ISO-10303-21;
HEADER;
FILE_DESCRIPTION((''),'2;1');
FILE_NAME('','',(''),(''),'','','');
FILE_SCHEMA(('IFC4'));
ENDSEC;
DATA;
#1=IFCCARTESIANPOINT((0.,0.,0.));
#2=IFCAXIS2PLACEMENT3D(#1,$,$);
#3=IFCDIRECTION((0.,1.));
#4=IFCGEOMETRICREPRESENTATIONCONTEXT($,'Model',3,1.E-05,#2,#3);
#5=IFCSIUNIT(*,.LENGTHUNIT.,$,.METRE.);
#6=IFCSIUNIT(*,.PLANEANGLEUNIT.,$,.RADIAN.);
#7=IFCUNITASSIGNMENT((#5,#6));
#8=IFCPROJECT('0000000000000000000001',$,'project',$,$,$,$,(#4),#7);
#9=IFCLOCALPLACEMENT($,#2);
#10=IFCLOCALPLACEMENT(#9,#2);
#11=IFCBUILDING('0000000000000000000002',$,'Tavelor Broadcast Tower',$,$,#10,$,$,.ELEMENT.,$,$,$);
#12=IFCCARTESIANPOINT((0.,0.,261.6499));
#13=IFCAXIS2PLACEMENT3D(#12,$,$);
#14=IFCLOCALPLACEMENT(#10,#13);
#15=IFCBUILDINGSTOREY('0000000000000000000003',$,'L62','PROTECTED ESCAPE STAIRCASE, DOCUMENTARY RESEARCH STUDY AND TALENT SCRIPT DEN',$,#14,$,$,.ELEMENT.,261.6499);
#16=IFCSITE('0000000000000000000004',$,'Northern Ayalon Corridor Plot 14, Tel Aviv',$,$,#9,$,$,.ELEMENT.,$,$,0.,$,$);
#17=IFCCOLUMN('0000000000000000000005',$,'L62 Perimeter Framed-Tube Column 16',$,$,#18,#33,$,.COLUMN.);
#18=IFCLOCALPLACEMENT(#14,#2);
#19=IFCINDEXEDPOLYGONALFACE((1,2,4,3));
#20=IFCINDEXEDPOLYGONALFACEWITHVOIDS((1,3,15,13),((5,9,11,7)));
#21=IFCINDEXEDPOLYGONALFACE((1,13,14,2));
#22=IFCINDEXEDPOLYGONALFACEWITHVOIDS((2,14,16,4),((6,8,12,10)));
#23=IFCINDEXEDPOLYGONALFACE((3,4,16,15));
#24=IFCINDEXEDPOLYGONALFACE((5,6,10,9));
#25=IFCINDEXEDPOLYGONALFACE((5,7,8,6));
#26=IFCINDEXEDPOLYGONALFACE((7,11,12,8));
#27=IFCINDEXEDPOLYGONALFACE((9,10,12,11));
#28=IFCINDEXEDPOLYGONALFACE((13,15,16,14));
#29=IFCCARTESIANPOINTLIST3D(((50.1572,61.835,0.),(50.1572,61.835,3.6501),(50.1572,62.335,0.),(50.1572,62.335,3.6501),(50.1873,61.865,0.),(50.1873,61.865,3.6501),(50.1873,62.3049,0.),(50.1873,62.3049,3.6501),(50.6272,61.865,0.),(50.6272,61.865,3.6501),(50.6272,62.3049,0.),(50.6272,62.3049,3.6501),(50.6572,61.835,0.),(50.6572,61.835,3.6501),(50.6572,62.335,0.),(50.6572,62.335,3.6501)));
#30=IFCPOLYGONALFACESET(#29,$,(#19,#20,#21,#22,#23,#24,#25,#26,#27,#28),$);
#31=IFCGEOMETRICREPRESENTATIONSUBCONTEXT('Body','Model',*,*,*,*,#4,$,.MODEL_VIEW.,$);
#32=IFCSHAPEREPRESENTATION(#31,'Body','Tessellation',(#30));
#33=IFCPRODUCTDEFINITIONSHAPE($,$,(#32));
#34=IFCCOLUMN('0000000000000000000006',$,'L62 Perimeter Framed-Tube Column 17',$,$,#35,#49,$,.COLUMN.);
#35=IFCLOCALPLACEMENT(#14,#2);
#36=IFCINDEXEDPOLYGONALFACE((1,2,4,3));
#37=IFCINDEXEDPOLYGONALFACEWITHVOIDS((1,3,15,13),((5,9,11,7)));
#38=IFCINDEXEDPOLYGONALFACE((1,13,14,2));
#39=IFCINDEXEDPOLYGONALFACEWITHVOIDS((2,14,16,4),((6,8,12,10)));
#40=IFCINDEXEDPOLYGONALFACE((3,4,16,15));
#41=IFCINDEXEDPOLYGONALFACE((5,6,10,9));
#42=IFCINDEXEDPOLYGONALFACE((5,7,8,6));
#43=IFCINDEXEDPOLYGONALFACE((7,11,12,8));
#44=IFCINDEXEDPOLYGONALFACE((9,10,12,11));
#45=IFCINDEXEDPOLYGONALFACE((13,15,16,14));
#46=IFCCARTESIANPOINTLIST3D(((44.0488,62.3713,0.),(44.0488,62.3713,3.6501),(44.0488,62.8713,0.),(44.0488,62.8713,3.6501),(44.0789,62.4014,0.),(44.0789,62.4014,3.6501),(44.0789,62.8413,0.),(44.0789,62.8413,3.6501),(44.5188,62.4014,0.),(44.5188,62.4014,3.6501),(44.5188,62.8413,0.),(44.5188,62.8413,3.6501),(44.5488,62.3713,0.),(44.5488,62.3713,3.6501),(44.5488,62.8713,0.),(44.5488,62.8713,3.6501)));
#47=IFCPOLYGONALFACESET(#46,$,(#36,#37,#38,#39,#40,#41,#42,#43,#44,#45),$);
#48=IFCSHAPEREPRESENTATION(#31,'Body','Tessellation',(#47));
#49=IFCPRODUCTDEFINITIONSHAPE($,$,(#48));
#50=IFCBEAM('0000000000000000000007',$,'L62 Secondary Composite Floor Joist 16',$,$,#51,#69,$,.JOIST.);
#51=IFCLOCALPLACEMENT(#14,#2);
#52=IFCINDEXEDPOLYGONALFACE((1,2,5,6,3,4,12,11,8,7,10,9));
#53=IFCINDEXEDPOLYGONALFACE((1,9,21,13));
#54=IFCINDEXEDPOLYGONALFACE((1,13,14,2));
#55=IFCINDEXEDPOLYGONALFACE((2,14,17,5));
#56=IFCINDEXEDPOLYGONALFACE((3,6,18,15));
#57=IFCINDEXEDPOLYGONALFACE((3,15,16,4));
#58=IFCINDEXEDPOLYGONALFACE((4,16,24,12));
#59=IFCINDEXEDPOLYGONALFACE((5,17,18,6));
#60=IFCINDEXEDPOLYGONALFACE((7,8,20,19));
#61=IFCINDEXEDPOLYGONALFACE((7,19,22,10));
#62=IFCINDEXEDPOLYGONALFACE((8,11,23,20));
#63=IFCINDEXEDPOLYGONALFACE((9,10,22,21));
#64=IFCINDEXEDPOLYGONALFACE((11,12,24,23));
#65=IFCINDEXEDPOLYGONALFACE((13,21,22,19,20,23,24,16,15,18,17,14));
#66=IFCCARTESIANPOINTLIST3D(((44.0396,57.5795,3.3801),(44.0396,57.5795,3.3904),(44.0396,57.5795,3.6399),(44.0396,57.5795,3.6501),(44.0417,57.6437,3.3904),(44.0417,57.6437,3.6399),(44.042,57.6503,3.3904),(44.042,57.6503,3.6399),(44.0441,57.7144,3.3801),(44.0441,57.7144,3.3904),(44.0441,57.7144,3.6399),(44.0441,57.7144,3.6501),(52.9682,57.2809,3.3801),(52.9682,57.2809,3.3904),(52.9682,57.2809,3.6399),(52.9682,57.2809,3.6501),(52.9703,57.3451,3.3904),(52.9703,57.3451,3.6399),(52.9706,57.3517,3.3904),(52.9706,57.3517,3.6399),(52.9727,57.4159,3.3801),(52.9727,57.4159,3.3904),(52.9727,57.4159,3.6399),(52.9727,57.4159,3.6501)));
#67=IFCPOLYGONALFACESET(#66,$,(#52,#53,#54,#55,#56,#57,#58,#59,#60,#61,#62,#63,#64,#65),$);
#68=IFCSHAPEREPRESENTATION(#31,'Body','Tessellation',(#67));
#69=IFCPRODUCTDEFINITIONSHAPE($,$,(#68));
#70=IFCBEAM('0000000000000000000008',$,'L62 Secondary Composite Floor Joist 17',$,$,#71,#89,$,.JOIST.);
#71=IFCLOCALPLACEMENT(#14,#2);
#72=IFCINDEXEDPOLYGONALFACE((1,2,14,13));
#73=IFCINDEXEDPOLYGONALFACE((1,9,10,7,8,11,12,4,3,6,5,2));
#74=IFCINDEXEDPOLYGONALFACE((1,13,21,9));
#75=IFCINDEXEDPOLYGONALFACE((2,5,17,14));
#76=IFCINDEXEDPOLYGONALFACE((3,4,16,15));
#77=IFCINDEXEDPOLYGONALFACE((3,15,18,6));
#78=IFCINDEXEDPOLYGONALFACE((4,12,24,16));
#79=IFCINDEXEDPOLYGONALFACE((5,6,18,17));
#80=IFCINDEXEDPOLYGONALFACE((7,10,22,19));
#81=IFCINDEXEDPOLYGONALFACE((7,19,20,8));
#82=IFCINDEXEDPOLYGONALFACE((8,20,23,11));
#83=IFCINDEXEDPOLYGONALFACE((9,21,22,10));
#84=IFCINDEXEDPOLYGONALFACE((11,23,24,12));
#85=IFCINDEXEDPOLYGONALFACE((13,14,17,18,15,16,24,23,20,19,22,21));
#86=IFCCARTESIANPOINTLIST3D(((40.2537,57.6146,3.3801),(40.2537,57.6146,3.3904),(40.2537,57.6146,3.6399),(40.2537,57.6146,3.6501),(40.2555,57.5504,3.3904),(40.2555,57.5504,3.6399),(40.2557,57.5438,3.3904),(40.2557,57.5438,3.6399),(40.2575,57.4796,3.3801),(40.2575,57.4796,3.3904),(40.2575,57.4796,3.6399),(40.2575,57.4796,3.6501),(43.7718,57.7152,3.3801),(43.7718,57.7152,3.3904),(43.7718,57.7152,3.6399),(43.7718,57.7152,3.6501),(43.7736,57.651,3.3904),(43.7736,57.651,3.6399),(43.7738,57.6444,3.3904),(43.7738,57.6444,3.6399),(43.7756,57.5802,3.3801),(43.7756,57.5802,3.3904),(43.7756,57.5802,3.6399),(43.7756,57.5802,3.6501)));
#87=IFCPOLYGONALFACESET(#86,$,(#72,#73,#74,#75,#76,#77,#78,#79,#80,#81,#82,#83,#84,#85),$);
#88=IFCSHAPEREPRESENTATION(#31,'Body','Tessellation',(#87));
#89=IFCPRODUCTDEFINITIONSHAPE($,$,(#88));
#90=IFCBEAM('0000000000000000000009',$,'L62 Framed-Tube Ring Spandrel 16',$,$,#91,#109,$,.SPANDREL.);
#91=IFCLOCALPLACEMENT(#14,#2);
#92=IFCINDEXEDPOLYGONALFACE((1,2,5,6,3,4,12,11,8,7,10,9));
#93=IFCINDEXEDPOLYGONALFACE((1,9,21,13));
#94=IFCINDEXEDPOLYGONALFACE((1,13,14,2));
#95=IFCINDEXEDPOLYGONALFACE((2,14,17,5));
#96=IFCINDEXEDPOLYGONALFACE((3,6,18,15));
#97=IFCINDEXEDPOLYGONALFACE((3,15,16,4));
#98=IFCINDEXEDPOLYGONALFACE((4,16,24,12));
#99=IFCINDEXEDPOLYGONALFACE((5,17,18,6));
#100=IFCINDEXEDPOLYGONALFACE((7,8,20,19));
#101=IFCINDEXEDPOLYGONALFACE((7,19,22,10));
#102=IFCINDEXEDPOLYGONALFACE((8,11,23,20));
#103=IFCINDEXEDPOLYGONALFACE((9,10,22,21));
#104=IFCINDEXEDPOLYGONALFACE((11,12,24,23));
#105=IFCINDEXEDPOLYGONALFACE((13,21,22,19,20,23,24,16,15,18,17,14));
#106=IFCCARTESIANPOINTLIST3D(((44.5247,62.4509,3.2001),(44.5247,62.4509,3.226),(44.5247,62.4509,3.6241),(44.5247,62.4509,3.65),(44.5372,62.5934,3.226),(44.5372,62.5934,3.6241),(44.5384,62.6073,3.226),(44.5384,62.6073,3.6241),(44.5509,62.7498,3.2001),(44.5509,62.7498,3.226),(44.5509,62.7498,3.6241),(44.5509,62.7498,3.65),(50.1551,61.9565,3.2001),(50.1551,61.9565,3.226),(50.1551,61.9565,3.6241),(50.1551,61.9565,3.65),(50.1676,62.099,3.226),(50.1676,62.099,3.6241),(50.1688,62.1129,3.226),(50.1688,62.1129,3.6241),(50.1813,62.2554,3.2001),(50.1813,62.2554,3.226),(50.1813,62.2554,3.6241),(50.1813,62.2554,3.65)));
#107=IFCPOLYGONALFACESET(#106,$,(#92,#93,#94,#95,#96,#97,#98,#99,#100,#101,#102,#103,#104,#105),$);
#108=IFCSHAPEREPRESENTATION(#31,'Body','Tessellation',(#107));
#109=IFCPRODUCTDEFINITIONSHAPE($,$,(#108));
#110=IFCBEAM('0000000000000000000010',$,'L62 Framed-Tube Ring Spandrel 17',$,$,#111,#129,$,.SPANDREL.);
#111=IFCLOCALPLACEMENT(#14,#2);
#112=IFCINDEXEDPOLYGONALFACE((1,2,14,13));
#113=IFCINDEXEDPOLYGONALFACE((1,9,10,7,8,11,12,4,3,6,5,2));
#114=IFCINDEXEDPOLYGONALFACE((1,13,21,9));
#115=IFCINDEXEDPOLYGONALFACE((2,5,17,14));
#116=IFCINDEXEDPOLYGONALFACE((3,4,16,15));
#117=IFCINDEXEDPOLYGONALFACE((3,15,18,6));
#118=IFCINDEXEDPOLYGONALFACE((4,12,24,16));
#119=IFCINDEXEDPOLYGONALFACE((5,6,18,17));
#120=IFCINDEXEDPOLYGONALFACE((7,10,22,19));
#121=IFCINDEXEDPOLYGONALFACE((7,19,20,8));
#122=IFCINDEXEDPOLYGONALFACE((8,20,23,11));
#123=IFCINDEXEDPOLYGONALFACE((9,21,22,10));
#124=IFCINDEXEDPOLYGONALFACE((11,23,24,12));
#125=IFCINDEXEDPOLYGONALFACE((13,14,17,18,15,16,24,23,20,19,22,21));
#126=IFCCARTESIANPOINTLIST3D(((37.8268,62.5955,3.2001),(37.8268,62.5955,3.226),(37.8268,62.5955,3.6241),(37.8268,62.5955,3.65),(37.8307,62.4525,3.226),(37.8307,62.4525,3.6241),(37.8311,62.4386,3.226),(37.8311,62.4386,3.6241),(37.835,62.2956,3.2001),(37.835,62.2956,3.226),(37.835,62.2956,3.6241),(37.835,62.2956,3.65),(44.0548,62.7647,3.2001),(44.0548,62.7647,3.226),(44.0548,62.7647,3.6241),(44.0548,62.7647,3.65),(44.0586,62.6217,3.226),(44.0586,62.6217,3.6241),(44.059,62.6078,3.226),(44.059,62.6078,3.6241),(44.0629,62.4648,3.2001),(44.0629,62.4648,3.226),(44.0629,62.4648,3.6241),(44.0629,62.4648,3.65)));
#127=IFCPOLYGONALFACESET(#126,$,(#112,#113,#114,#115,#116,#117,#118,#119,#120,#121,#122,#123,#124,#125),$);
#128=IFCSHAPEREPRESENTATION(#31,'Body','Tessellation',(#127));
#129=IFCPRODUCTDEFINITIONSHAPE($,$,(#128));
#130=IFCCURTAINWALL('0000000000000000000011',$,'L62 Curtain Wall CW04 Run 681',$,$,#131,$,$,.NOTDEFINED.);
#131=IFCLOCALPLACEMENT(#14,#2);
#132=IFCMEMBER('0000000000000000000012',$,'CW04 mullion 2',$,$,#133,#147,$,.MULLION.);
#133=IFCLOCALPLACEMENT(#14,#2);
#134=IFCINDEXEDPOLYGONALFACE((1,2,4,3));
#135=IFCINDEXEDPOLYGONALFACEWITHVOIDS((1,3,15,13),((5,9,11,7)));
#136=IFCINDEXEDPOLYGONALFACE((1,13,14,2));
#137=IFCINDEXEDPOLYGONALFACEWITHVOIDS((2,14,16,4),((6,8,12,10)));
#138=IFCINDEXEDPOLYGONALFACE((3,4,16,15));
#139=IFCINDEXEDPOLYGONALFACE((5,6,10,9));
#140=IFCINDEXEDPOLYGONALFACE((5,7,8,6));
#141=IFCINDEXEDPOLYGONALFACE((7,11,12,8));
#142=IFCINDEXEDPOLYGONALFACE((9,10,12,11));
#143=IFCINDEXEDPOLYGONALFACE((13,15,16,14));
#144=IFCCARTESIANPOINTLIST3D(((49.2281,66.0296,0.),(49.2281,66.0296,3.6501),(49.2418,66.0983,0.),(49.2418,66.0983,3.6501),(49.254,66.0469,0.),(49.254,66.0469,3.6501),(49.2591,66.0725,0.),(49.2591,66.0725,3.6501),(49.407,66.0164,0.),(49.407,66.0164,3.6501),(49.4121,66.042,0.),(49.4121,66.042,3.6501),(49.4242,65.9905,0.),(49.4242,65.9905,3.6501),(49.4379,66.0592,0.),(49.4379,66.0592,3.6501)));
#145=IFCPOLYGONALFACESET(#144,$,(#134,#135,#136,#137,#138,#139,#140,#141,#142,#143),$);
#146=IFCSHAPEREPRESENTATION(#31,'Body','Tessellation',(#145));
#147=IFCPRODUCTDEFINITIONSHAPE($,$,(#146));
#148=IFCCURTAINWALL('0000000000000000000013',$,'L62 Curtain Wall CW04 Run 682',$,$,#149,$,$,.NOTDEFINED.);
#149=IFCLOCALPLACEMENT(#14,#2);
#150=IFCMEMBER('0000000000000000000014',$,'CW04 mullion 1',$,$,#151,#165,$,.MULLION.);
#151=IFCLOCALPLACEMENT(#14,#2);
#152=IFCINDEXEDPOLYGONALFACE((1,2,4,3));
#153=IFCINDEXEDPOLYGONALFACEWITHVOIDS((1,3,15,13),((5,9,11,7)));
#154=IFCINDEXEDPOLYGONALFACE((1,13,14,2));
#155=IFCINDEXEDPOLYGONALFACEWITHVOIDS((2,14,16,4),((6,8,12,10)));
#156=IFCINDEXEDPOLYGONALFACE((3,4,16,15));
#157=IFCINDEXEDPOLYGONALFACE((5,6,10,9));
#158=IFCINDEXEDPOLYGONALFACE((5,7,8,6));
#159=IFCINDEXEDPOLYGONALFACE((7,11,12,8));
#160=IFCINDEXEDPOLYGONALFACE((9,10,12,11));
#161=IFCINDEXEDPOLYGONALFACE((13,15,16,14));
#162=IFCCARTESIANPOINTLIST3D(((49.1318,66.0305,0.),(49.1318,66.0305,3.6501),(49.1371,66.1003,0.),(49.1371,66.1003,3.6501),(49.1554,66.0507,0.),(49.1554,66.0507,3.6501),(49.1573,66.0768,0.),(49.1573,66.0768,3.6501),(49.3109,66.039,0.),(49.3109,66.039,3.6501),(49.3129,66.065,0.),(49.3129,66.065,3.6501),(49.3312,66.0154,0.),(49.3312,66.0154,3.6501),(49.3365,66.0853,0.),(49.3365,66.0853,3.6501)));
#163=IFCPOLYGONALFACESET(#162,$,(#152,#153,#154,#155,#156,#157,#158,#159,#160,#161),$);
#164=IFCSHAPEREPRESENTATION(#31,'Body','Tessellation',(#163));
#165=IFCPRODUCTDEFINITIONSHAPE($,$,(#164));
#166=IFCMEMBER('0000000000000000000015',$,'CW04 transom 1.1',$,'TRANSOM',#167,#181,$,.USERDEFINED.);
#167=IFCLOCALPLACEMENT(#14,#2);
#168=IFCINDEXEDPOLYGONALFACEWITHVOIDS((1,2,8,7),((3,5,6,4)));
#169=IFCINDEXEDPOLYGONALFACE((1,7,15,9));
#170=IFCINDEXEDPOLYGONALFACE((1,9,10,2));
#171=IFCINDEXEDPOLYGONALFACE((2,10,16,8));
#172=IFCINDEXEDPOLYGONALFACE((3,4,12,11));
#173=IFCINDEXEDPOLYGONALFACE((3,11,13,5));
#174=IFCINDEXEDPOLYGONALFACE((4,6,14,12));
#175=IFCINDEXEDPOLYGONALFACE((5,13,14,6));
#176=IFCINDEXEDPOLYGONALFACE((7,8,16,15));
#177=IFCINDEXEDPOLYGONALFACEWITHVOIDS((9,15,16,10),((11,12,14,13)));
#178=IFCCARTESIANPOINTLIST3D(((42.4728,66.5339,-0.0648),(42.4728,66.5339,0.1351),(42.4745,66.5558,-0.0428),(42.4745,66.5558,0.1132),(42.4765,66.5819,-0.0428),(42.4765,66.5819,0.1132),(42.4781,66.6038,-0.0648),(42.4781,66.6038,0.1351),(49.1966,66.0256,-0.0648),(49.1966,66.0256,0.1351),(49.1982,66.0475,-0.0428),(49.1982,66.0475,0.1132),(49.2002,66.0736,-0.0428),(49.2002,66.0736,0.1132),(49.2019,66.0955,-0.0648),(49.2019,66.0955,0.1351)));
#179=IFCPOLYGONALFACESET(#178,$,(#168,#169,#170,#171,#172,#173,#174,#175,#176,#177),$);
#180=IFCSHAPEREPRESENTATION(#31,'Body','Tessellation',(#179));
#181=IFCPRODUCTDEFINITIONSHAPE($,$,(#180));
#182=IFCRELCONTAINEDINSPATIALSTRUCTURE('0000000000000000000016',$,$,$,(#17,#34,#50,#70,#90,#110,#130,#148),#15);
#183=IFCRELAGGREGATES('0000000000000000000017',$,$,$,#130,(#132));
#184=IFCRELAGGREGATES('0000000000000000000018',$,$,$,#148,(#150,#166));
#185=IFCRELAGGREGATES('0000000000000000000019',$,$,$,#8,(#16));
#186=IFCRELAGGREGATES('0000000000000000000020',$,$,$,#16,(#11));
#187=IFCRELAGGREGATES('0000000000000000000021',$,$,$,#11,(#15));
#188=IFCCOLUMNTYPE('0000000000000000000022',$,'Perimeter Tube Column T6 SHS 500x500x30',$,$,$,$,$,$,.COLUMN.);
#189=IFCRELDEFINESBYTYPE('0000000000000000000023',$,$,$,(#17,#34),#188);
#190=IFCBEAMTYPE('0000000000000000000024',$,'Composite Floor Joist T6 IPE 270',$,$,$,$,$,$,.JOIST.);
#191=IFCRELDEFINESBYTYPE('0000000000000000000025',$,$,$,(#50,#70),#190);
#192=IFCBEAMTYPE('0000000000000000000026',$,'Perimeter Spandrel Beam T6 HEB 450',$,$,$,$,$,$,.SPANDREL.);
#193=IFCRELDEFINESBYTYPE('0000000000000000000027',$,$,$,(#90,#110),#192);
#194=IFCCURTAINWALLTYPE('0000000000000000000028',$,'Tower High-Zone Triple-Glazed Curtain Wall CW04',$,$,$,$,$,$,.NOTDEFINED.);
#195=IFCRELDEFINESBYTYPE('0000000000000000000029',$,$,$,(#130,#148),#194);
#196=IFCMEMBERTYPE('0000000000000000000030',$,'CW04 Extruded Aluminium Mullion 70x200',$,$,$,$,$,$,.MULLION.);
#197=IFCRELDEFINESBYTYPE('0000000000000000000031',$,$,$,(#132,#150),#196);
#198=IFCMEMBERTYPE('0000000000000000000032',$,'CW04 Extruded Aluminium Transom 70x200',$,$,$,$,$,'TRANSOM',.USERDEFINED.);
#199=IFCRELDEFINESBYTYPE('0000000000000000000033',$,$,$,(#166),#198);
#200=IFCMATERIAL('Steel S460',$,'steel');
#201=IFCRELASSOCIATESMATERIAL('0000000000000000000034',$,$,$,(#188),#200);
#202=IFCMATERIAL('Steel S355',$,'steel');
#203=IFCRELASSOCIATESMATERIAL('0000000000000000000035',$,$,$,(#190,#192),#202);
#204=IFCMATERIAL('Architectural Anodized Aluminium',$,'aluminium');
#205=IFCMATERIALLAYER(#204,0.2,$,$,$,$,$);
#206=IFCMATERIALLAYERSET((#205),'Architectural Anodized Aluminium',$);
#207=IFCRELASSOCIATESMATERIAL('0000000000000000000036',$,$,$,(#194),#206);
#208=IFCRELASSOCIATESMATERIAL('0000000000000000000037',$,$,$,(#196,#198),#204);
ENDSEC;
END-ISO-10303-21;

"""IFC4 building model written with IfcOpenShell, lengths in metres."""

from ifc_helpers import new_model, si_unit, direction, frame, origin, origin_2d, place, context, subcontext, project, spatial, hollow_rectangle, i_section, extrude, source, transform, mapped, material, layer, layer_set, material_profile, profile_set, type_object, type_shapes, element, aggregate, save


model = new_model("IFC4")

# Units and contexts
model_context = context("Model", 3, precision=1e-05, world=origin(), true_north=direction((0.0, 1.0)))
body_context = subcontext(model_context, "Body", "Model", "MODEL_VIEW")
ifc_project = project(units=[si_unit("LENGTHUNIT", "METRE"), si_unit("PLANEANGLEUNIT", "RADIAN")], contexts=[model_context])

# Site, building, storey
site_placement = place(None, origin())
site = spatial("IfcSite", under=ifc_project, at=site_placement, Name="Northern Ayalon Corridor Plot 14, Tel Aviv", CompositionType="ELEMENT", RefElevation=0.0)
building_placement = place(site_placement, origin())
building = spatial("IfcBuilding", under=site, at=building_placement, Name="Tavelor Broadcast Tower", CompositionType="ELEMENT")
storey_placement = place(building_placement, frame((0.0, 0.0, 261.6499)))
storey = spatial("IfcBuildingStorey", under=building, at=storey_placement, Name="L62", Description="PROTECTED ESCAPE STAIRCASE, DOCUMENTARY RESEARCH STUDY AND TALENT SCRIPT DEN", CompositionType="ELEMENT", Elevation=261.6499)

# Columns
ifc_material_1 = material(Name="Steel S460", Category="steel")
ifc_material_profile_1 = material_profile(ifc_material_1, hollow_rectangle(XDim=0.5, YDim=0.5, WallThickness=0.03, at=origin_2d()), Name="SHS 500x500x30")
ifc_profile_set_1 = profile_set([ifc_material_profile_1], Name="Steel S460")
column_type = type_object("IfcColumnType", Name="Perimeter Tube Column T6 SHS 500x500x30", PredefinedType="COLUMN", material=ifc_profile_set_1)
for number, where, z_axis, x_axis, name in (
    (1, (50.4072, 62.085, 0.0), (0.0, 0.0, 1.0), (1.0, 0.0, 0.0), "L62 Perimeter Framed-Tube Column 16"),
    (2, (44.2988, 62.6213, 0.0), (0.0, 0.0, 1.0), (1.0, 0.0, 0.0), "L62 Perimeter Framed-Tube Column 17"),
):
    element("IfcColumn", number, at=place(storey_placement, frame(where, z_axis=z_axis, x_axis=x_axis)), inside=storey, type_object=column_type, Name=name, PredefinedType="COLUMN", context=body_context, shape_type="SweptSolid", body=[
        extrude(hollow_rectangle(XDim=0.5, YDim=0.5, WallThickness=0.03, at=origin_2d()), origin(), (0.0, 0.0, 1.0), 3.6501),
    ])

# Beams
ifc_material_2 = material(Name="Steel S355", Category="steel")
ifc_material_profile_2 = material_profile(ifc_material_2, i_section(OverallWidth=0.135, OverallDepth=0.27, WebThickness=0.0066, FlangeThickness=0.0103, at=origin_2d()), Name="IPE 270")
ifc_profile_set_2 = profile_set([ifc_material_profile_2], Name="Steel S355")
beam_type_1 = type_object("IfcBeamType", Name="Composite Floor Joist T6 IPE 270", PredefinedType="JOIST", material=ifc_profile_set_2)
beam_1_placement = place(storey_placement, frame((52.9705, 57.3484, 3.5151), z_axis=(-0.999441, 0.033422, 0.0), x_axis=(-0.033422, -0.999441, 0.0)))
element("IfcBeam", 3, at=beam_1_placement, inside=storey, type_object=beam_type_1, Name="L62 Secondary Composite Floor Joist 16", PredefinedType="JOIST", context=body_context, shape_type="SweptSolid", body=[
    extrude(i_section(OverallWidth=0.135, OverallDepth=0.27, WebThickness=0.0066, FlangeThickness=0.0103, at=origin_2d()), origin(), (0.0, 0.0, 1.0), 8.9336),
])
beam_2_placement = place(storey_placement, frame((43.7737, 57.6477, 3.5151), z_axis=(-0.999592, -0.02858, 0.0), x_axis=(0.02858, -0.999592, 0.0)))
element("IfcBeam", 4, at=beam_2_placement, inside=storey, type_object=beam_type_1, Name="L62 Secondary Composite Floor Joist 17", PredefinedType="JOIST", context=body_context, shape_type="SweptSolid", body=[
    extrude(i_section(OverallWidth=0.135, OverallDepth=0.27, WebThickness=0.0066, FlangeThickness=0.0103, at=origin_2d()), origin(), (0.0, 0.0, 1.0), 3.5195),
])
ifc_material_profile_3 = material_profile(ifc_material_2, i_section(OverallWidth=0.3, OverallDepth=0.45, WebThickness=0.0139, FlangeThickness=0.0259, at=origin_2d()), Name="HEB 450")
ifc_profile_set_3 = profile_set([ifc_material_profile_3], Name="Steel S355")
beam_type_2 = type_object("IfcBeamType", Name="Perimeter Spandrel Beam T6 HEB 450", PredefinedType="SPANDREL", material=ifc_profile_set_3)
beam_3_placement = place(storey_placement, frame((50.1682, 62.106, 3.425), z_axis=(-0.996167, 0.08747, 0.0), x_axis=(-0.08747, -0.996167, 0.0)))
element("IfcBeam", 5, at=beam_3_placement, inside=storey, type_object=beam_type_2, Name="L62 Framed-Tube Ring Spandrel 16", PredefinedType="SPANDREL", context=body_context, shape_type="SweptSolid", body=[
    extrude(i_section(OverallWidth=0.3, OverallDepth=0.45, WebThickness=0.0139, FlangeThickness=0.0259, at=origin_2d()), origin(), (0.0, 0.0, 1.0), 5.6521),
])
beam_4_placement = place(storey_placement, frame((44.0588, 62.6147, 3.425), z_axis=(-0.999631, -0.027156, 0.0), x_axis=(0.027156, -0.999631, 0.0)))
element("IfcBeam", 6, at=beam_4_placement, inside=storey, type_object=beam_type_2, Name="L62 Framed-Tube Ring Spandrel 17", PredefinedType="SPANDREL", context=body_context, shape_type="SweptSolid", body=[
    extrude(i_section(OverallWidth=0.3, OverallDepth=0.45, WebThickness=0.0139, FlangeThickness=0.0259, at=origin_2d()), origin(), (0.0, 0.0, 1.0), 6.2302),
])

# Curtain wall, member
ifc_material_3 = material(Name="Architectural Anodized Aluminium", Category="aluminium")
ifc_layer_1 = layer(ifc_material_3, 0.2)
ifc_layer_set_1 = layer_set([ifc_layer_1], Name="Architectural Anodized Aluminium")
curtain_wall_type = type_object("IfcCurtainWallType", Name="Tower High-Zone Triple-Glazed Curtain Wall CW04", PredefinedType="NOTDEFINED", material=ifc_layer_set_1)
curtain_wall_1_placement = place(storey_placement, origin())
curtain_wall_1 = element("IfcCurtainWall", 7, at=curtain_wall_1_placement, inside=storey, type_object=curtain_wall_type, Name="L62 Curtain Wall CW04 Run 681", PredefinedType="NOTDEFINED")
ifc_material_profile_4 = material_profile(ifc_material_3, hollow_rectangle(XDim=0.0701, YDim=0.2, WallThickness=0.022, at=origin_2d()), Name="RHS 70x200x22")
ifc_profile_set_4 = profile_set([ifc_material_profile_4], Name="Architectural Anodized Aluminium")
member_type_1 = type_object("IfcMemberType", Name="CW04 Extruded Aluminium Mullion 70x200", PredefinedType="MULLION", material=ifc_profile_set_4)
shared_shape_1 = source(origin(), body_context, "Body", "SweptSolid", [
    extrude(hollow_rectangle(XDim=0.0701, YDim=0.2, WallThickness=0.022, at=origin_2d()), origin(), (0.0, 0.0, 1.0), 3.6501),
])
type_shapes(member_type_1, [shared_shape_1])
member_1_placement = place(storey_placement, frame((49.333, 66.0444, 0.0), z_axis=(0.0, 0.0, 1.0), x_axis=(-0.195528, -0.980698, 0.0)))
member_1 = element("IfcMember", 8, at=member_1_placement, type_object=member_type_1, Name="CW04 mullion 2", PredefinedType="MULLION", context=body_context, shape_type="MappedRepresentation", body=[
    mapped(shared_shape_1, transform((0.0, 0.0, 0.0), scale=1.0)),
])

# Curtain wall, members
curtain_wall_2_placement = place(storey_placement, origin())
curtain_wall_2 = element("IfcCurtainWall", 9, at=curtain_wall_2_placement, inside=storey, type_object=curtain_wall_type, Name="L62 Curtain Wall CW04 Run 682", PredefinedType="NOTDEFINED")
member_2_placement = place(storey_placement, frame((49.2341, 66.0579, 0.0), z_axis=(0.0, 0.0, 1.0), x_axis=(-0.075391, -0.997154, 0.0)))
member_2 = element("IfcMember", 10, at=member_2_placement, type_object=member_type_1, Name="CW04 mullion 1", PredefinedType="MULLION", context=body_context, shape_type="MappedRepresentation", body=[
    mapped(shared_shape_1, transform((0.0, 0.0, 0.0), scale=1.0)),
])
ifc_material_profile_5 = material_profile(ifc_material_3, hollow_rectangle(XDim=0.0701, YDim=0.2, WallThickness=0.022, at=origin_2d()), Name="RHS 70x200x22")
ifc_profile_set_5 = profile_set([ifc_material_profile_5], Name="Architectural Anodized Aluminium")
member_type_2 = type_object("IfcMemberType", Name="CW04 Extruded Aluminium Transom 70x200", ElementType="TRANSOM", PredefinedType="USERDEFINED", material=ifc_profile_set_5)
shared_shape_2 = source(origin(), body_context, "Body", "SweptSolid", [
    extrude(hollow_rectangle(XDim=0.0701, YDim=0.2, WallThickness=0.022, at=origin_2d()), origin(), (0.0, 0.0, 1.0), 6.7429),
])
type_shapes(member_type_2, [shared_shape_2])
member_3_placement = place(storey_placement, frame((49.1992, 66.0605, 0.0352), z_axis=(-0.997155, 0.075384, 0.0), x_axis=(-0.075384, -0.997155, 0.0)))
member_3 = element("IfcMember", 11, at=member_3_placement, type_object=member_type_2, Name="CW04 transom 1.1", ObjectType="TRANSOM", PredefinedType="USERDEFINED", context=body_context, shape_type="MappedRepresentation", body=[
    mapped(shared_shape_2, transform((0.0, 0.0, 0.0), scale=1.0)),
])

aggregate(curtain_wall_1, [member_1])
aggregate(curtain_wall_2, [member_2, member_3])

save(model, "model.ifc")
